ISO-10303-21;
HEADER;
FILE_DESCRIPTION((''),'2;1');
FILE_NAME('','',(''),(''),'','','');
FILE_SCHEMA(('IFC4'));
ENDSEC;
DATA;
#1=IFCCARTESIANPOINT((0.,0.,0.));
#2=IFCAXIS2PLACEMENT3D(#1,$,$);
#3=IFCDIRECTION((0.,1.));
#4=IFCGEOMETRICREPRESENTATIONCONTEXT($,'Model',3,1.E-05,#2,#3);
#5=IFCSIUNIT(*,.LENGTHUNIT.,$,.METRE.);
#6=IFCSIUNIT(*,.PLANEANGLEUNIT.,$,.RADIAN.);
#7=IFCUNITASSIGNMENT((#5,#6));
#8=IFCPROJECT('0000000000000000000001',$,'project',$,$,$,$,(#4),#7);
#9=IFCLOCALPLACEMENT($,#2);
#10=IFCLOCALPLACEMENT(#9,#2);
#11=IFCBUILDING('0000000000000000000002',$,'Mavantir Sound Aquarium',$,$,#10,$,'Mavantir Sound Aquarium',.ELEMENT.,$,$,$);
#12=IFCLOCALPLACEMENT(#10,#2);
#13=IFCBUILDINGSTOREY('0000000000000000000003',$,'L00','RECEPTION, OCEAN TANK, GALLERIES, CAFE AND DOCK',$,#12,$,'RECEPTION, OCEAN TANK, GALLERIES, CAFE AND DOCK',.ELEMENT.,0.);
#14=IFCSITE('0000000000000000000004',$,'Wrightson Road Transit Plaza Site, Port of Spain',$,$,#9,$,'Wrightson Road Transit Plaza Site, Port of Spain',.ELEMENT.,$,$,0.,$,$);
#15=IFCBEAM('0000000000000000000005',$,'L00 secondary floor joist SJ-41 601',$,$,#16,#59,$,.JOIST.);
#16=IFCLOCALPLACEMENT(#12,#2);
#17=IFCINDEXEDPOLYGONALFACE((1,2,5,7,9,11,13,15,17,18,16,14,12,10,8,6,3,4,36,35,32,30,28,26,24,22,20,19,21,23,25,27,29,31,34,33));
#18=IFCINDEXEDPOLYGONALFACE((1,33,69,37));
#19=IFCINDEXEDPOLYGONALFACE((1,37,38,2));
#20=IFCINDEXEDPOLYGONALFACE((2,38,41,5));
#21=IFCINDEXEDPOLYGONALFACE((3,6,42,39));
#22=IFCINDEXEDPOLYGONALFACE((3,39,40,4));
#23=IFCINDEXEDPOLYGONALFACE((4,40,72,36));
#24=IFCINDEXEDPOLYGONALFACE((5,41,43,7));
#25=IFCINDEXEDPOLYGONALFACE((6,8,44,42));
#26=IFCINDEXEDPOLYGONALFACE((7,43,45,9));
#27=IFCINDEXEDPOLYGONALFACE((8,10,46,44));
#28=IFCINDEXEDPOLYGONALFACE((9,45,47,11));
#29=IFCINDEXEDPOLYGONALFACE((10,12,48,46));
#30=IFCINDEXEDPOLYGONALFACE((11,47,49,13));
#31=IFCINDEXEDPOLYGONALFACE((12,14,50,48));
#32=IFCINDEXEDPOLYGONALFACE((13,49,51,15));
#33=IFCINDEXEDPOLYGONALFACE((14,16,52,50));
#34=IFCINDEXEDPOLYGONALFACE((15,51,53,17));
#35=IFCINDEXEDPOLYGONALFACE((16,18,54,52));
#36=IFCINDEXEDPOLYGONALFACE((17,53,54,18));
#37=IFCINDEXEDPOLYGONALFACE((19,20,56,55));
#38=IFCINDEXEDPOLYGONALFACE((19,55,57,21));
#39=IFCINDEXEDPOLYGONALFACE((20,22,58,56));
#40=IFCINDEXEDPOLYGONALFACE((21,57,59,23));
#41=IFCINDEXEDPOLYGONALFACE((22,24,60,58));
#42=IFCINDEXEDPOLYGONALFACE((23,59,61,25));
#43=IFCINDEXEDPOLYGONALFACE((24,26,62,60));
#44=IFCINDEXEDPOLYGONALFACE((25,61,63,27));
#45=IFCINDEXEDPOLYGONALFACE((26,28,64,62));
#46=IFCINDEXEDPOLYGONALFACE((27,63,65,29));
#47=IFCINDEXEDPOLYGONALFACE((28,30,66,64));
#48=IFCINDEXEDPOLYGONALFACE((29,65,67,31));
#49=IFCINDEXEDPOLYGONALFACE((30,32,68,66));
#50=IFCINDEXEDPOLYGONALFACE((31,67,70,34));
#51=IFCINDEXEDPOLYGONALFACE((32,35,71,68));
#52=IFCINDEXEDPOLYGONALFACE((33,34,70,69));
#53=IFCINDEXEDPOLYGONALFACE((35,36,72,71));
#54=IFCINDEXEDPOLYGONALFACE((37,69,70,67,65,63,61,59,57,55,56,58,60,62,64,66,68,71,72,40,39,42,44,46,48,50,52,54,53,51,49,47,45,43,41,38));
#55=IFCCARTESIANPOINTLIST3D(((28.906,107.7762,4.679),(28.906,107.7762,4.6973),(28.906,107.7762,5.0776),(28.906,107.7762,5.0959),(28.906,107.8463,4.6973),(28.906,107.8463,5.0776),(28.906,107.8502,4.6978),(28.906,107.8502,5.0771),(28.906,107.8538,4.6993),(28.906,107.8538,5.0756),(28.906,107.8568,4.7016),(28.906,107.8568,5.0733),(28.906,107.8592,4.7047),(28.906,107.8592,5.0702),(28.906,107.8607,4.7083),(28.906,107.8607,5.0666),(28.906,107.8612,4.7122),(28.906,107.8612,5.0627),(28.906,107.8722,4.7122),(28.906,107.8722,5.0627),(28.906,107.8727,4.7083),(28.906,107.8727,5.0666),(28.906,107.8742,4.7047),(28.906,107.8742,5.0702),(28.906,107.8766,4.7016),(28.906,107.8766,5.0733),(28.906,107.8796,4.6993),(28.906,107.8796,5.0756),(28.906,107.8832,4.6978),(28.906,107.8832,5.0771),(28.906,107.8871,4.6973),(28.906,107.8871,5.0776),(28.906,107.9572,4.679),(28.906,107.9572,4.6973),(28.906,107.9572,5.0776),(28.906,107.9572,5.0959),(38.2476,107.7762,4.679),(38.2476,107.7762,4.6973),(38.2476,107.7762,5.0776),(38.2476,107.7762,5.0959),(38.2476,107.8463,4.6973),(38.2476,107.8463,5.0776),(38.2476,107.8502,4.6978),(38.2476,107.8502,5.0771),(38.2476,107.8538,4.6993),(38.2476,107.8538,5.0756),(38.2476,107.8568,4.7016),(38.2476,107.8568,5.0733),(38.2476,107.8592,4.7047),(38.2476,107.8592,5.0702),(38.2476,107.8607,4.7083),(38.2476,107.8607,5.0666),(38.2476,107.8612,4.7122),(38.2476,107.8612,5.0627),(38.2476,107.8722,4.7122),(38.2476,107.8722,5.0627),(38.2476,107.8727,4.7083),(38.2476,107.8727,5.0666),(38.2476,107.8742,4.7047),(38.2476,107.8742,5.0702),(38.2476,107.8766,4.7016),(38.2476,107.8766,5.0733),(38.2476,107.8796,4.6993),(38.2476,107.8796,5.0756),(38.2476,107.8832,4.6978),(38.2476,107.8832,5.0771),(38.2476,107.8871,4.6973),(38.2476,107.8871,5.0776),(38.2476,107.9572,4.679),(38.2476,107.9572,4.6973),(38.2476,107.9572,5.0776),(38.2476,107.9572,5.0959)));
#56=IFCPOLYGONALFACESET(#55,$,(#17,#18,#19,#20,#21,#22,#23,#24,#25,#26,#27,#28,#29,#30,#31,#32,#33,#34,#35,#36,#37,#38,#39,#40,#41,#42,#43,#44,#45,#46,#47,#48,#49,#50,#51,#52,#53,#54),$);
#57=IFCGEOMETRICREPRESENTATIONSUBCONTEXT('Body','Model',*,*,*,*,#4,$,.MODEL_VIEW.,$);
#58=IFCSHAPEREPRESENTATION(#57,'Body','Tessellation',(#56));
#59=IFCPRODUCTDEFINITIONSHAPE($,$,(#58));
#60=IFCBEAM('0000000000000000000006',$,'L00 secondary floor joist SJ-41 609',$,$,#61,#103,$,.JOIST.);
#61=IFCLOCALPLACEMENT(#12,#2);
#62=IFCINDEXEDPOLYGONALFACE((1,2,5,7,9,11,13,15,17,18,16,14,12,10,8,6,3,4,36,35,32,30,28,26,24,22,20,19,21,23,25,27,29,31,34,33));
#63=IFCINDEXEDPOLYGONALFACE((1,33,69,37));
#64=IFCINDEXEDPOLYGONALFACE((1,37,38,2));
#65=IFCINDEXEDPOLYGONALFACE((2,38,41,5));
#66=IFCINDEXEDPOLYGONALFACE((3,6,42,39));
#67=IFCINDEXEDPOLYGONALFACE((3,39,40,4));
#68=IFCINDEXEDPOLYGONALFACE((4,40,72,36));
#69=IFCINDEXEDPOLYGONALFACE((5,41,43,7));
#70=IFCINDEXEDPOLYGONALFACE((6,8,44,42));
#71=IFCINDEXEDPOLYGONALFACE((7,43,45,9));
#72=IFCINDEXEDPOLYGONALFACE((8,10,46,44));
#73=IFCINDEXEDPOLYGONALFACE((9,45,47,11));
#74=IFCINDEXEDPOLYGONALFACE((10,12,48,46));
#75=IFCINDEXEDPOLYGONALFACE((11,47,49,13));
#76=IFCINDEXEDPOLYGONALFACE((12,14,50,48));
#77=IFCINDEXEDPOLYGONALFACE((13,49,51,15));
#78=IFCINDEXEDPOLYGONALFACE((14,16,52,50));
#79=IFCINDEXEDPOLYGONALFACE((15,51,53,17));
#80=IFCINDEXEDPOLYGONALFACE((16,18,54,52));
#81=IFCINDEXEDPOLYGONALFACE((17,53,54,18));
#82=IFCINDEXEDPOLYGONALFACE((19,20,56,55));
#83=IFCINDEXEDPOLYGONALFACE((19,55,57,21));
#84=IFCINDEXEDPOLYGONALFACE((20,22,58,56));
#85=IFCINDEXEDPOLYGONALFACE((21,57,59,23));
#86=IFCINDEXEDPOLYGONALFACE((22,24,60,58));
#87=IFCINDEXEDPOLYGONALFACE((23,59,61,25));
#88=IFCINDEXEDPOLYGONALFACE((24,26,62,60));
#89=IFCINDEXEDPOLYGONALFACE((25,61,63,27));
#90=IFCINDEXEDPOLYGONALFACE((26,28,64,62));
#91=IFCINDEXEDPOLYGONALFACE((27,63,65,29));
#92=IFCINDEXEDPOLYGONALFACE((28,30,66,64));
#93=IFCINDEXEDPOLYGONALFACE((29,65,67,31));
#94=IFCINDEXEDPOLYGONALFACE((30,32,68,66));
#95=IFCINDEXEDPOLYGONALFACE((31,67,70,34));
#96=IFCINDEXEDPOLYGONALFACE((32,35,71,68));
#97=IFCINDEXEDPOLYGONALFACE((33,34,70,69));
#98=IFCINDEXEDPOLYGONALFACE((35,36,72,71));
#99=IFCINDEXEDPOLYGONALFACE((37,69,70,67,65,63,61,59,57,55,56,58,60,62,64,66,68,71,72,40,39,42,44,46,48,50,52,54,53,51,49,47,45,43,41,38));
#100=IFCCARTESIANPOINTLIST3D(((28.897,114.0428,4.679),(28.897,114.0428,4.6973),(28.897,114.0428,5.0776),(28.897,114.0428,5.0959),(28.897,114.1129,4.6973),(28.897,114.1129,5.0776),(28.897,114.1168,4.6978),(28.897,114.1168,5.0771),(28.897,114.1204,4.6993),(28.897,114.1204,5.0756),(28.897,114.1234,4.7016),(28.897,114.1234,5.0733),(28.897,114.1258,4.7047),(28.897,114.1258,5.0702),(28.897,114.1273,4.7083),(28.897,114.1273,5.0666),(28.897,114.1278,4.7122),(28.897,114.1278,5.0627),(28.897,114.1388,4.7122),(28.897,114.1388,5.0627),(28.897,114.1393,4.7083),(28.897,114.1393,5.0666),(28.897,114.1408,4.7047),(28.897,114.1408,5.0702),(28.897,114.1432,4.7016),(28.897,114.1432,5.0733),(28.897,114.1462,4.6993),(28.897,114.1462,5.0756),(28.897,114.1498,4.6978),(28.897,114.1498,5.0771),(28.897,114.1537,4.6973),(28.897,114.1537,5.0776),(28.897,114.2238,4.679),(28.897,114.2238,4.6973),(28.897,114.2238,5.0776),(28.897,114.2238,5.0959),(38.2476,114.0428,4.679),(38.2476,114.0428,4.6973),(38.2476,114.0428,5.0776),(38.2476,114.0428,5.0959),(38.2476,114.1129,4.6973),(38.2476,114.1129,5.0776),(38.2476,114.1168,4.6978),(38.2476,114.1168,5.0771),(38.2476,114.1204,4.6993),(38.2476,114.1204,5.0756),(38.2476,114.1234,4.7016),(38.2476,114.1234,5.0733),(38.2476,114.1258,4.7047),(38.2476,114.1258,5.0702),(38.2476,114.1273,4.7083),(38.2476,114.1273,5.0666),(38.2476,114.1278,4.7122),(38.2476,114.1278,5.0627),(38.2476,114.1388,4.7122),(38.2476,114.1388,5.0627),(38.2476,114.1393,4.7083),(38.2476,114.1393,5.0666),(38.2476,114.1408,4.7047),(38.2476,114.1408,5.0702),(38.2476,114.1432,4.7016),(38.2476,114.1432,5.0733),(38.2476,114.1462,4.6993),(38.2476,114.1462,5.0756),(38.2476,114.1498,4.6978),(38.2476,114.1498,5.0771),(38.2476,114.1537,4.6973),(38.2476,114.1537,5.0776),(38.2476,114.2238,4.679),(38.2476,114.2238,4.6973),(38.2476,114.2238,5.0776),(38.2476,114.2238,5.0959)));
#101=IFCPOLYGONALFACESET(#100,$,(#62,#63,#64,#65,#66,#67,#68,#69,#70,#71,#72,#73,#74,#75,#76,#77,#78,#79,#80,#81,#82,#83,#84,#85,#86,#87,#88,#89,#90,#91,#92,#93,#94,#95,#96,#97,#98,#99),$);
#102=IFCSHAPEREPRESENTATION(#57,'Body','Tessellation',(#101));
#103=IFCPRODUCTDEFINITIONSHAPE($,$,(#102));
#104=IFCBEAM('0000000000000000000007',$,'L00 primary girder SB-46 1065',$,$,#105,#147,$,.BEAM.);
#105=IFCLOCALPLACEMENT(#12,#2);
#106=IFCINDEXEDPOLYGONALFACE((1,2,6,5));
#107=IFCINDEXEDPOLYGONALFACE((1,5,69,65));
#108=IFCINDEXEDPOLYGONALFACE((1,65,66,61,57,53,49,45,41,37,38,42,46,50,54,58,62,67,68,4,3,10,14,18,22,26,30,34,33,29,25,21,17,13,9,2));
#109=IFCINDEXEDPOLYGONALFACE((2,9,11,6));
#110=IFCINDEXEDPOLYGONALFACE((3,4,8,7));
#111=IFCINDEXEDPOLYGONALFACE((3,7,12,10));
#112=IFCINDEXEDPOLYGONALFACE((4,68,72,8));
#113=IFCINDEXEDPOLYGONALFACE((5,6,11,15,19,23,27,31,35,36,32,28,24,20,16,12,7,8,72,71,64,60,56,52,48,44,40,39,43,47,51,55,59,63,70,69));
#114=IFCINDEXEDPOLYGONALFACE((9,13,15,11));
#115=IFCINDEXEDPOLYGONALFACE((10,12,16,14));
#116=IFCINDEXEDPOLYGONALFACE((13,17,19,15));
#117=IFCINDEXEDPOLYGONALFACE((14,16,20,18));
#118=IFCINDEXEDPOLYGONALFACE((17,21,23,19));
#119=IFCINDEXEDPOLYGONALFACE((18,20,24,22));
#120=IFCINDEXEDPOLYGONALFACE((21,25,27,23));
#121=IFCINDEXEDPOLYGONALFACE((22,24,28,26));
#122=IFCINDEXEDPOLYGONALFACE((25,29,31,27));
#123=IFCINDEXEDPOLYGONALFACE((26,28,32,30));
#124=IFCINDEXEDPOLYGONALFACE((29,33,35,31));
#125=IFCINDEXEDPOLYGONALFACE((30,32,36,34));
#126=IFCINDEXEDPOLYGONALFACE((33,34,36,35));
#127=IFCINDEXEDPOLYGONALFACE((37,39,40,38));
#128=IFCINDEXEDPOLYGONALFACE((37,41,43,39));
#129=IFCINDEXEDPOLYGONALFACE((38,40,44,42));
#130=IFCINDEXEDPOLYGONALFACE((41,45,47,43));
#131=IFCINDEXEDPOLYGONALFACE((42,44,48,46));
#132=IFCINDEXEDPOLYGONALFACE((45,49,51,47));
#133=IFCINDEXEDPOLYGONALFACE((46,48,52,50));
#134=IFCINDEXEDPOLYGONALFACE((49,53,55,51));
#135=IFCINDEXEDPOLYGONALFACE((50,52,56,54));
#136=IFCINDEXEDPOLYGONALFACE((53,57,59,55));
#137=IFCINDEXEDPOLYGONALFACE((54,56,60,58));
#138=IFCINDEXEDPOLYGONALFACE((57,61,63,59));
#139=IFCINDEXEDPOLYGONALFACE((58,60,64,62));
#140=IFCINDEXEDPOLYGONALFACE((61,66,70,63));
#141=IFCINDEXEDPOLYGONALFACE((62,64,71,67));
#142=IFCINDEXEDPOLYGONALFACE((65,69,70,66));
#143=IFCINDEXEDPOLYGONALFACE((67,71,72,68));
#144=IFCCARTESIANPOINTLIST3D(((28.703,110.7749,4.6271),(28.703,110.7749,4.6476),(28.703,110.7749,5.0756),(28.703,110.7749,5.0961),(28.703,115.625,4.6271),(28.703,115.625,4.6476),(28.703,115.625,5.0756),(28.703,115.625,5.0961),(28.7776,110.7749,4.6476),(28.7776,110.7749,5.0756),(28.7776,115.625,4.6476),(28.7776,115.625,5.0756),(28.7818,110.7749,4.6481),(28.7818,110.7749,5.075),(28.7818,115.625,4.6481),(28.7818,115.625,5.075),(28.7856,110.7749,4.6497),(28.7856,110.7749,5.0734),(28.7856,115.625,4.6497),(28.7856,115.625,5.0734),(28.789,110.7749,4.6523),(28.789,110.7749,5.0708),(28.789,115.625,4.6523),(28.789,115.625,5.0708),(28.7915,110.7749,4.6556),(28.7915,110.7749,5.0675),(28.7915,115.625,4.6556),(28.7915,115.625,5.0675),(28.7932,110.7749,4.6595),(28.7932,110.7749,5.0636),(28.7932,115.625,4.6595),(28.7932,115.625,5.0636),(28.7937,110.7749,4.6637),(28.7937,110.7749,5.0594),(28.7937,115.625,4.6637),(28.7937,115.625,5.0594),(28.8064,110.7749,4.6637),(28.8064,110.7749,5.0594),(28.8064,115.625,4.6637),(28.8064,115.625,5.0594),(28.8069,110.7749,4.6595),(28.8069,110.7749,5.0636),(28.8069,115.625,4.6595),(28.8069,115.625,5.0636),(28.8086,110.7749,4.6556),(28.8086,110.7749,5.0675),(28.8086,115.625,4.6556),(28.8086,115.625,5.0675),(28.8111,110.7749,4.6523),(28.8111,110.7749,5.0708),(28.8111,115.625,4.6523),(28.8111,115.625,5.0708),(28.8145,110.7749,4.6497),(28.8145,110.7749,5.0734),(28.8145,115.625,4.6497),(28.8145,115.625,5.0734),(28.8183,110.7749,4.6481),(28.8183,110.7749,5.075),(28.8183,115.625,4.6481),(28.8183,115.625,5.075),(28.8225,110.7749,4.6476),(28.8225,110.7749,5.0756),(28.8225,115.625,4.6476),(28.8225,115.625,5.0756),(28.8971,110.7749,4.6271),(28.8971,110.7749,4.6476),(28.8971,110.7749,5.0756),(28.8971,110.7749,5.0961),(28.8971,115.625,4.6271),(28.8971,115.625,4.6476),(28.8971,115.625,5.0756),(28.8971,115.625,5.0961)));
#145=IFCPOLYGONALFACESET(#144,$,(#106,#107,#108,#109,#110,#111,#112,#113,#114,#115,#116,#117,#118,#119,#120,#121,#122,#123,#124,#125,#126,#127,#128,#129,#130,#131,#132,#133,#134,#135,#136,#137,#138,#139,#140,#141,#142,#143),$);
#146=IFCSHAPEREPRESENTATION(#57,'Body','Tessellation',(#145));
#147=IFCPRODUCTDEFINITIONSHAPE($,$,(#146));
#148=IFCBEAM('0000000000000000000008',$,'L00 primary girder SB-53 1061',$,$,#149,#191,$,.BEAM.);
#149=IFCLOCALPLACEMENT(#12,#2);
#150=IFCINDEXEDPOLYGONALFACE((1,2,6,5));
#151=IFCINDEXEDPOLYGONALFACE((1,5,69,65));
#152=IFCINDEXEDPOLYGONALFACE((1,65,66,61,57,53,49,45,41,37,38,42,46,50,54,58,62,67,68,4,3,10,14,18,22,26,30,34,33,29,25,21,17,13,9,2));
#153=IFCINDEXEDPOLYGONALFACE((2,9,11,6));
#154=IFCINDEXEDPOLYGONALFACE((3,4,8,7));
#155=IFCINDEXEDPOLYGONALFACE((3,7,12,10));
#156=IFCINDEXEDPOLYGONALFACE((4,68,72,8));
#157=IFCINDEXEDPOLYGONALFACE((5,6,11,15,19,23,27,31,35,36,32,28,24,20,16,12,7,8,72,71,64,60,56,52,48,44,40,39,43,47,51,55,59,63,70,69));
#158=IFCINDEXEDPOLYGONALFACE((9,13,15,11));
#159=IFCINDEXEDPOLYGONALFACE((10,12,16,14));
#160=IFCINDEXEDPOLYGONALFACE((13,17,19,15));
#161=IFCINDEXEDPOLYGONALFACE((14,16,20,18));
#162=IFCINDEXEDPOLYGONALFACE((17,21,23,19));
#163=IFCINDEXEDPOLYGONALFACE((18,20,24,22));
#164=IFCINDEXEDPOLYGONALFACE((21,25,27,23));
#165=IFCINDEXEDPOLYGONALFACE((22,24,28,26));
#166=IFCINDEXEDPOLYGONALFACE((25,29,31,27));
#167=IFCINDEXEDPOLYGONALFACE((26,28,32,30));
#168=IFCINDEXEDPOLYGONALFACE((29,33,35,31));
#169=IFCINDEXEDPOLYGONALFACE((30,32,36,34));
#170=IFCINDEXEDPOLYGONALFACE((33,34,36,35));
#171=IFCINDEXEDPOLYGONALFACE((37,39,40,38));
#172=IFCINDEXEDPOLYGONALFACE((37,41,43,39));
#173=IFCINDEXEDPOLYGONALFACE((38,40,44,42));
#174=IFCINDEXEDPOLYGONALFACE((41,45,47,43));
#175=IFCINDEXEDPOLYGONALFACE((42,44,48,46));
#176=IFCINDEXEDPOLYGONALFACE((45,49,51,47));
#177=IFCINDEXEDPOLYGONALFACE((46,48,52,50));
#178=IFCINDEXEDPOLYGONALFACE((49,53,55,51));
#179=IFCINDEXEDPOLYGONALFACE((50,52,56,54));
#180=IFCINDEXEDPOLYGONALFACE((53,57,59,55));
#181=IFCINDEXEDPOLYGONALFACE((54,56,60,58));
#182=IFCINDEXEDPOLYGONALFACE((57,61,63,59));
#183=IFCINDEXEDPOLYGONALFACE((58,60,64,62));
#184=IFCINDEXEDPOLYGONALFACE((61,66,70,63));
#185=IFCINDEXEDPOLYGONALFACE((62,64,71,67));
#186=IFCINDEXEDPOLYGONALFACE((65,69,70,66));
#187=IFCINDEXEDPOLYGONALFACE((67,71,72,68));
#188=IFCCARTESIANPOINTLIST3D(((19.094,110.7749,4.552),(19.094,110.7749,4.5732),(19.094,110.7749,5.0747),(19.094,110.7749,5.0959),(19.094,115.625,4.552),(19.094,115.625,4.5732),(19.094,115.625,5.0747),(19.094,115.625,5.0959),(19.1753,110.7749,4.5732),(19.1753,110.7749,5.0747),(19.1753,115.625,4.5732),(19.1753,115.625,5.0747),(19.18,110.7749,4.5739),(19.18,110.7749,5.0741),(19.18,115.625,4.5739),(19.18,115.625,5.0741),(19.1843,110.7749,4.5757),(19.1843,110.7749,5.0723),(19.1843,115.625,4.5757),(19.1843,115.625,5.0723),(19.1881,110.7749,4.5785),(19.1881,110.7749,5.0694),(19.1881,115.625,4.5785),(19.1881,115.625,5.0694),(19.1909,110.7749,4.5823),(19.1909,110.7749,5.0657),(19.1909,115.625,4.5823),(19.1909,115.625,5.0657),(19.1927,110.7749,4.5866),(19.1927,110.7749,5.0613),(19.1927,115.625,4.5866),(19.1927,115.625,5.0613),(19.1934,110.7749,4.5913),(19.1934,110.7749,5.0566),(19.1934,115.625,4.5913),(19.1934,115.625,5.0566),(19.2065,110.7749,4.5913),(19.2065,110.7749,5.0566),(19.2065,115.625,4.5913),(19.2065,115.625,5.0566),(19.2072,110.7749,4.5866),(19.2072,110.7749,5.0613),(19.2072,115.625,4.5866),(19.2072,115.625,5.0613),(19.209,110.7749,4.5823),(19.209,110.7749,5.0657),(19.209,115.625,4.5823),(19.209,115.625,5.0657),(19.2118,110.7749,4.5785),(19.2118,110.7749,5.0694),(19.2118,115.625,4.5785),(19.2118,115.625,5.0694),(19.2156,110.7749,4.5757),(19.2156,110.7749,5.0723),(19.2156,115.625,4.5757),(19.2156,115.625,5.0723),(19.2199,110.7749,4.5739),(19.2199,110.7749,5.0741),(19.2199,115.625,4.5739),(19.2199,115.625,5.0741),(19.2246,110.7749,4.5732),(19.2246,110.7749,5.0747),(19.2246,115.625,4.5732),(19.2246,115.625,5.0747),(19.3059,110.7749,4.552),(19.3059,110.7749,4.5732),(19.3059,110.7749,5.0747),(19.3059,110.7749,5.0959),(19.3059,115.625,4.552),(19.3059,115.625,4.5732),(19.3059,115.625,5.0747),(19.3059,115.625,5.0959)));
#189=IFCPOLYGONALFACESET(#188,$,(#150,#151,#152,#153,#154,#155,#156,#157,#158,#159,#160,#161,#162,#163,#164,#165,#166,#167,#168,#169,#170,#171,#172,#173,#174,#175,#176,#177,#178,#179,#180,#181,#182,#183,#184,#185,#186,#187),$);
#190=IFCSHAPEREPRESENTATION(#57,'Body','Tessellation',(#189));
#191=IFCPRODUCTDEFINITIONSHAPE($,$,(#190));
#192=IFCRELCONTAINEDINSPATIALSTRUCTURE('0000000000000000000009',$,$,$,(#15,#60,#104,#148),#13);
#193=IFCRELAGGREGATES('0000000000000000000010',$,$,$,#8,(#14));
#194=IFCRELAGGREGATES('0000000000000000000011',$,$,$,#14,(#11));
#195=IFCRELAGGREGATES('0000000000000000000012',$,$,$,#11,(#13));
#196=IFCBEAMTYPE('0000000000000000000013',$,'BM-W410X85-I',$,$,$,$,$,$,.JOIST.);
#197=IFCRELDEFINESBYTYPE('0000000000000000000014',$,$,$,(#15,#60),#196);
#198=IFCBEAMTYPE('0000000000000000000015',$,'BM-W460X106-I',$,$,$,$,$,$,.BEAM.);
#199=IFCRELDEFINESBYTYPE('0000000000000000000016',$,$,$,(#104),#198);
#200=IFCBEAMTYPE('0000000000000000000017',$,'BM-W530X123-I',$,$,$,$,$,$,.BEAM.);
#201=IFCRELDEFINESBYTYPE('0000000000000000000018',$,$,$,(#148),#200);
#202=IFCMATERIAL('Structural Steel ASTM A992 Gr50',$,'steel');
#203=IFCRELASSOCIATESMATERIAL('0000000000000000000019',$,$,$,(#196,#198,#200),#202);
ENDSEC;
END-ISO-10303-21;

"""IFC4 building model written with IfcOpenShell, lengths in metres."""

from ifc_helpers import new_model, si_unit, direction, frame, origin, origin_2d, place, context, subcontext, project, spatial, i_section, extrude, material, material_profile, profile_set, type_object, element, save


model = new_model("IFC4")

# Units and contexts
model_context = context("Model", 3, precision=1e-05, world=origin(), true_north=direction((0.0, 1.0)))
body_context = subcontext(model_context, "Body", "Model", "MODEL_VIEW")
ifc_project = project(units=[si_unit("LENGTHUNIT", "METRE"), si_unit("PLANEANGLEUNIT", "RADIAN")], contexts=[model_context])

# Site, building, storey
site_placement = place(None, origin())
site = spatial("IfcSite", under=ifc_project, at=site_placement, Name="Wrightson Road Transit Plaza Site, Port of Spain", LongName="Wrightson Road Transit Plaza Site, Port of Spain", CompositionType="ELEMENT", RefElevation=0.0)
building_placement = place(site_placement, origin())
building = spatial("IfcBuilding", under=site, at=building_placement, Name="Mavantir Sound Aquarium", LongName="Mavantir Sound Aquarium", CompositionType="ELEMENT")
storey_placement = place(building_placement, origin())
storey = spatial("IfcBuildingStorey", under=building, at=storey_placement, Name="L00", Description="RECEPTION, OCEAN TANK, GALLERIES, CAFE AND DOCK", LongName="RECEPTION, OCEAN TANK, GALLERIES, CAFE AND DOCK", CompositionType="ELEMENT", Elevation=0.0)

# Beams
ifc_material_1 = material(Name="Structural Steel ASTM A992 Gr50", Category="steel")
ifc_material_profile_1 = material_profile(ifc_material_1, i_section(OverallWidth=0.1809, OverallDepth=0.417, WebThickness=0.011, FlangeThickness=0.0183, FilletRadius=0.0149, at=origin_2d()), Name="W410X85")
ifc_profile_set_1 = profile_set([ifc_material_profile_1], Name="Structural Steel ASTM A992 Gr50")
beam_type_1 = type_object("IfcBeamType", Name="BM-W410X85-I", PredefinedType="JOIST", material=ifc_profile_set_1)
beam_1_placement = place(storey_placement, frame((28.906, 107.8667, 4.8875), z_axis=(1.0, 0.0, 0.0), x_axis=(0.0, 1.0, 0.0)))
element("IfcBeam", 1, at=beam_1_placement, inside=storey, type_object=beam_type_1, Name="L00 secondary floor joist SJ-41 601", PredefinedType="JOIST", context=body_context, shape_type="SweptSolid", body=[
    extrude(i_section(OverallWidth=0.1809, OverallDepth=0.417, WebThickness=0.011, FlangeThickness=0.0183, FilletRadius=0.0149, at=origin_2d()), origin(), (0.0, 0.0, 1.0), 9.3416),
])
beam_2_placement = place(storey_placement, frame((28.897, 114.1333, 4.8875), z_axis=(1.0, 0.0, 0.0), x_axis=(0.0, 1.0, 0.0)))
element("IfcBeam", 2, at=beam_2_placement, inside=storey, type_object=beam_type_1, Name="L00 secondary floor joist SJ-41 609", PredefinedType="JOIST", context=body_context, shape_type="SweptSolid", body=[
    extrude(i_section(OverallWidth=0.1809, OverallDepth=0.417, WebThickness=0.011, FlangeThickness=0.0183, FilletRadius=0.0149, at=origin_2d()), origin(), (0.0, 0.0, 1.0), 9.3506),
])
ifc_material_profile_2 = material_profile(ifc_material_1, i_section(OverallWidth=0.1941, OverallDepth=0.469, WebThickness=0.0127, FlangeThickness=0.0205, FilletRadius=0.0161, at=origin_2d()), Name="W460X106")
ifc_profile_set_2 = profile_set([ifc_material_profile_2], Name="Structural Steel ASTM A992 Gr50")
beam_type_2 = type_object("IfcBeamType", Name="BM-W460X106-I", PredefinedType="BEAM", material=ifc_profile_set_2)
beam_3_placement = place(storey_placement, frame((28.8, 110.7749, 4.8616), z_axis=(0.0, 1.0, 0.0), x_axis=(-1.0, 0.0, 0.0)))
element("IfcBeam", 3, at=beam_3_placement, inside=storey, type_object=beam_type_2, Name="L00 primary girder SB-46 1065", PredefinedType="BEAM", context=body_context, shape_type="SweptSolid", body=[
    extrude(i_section(OverallWidth=0.1941, OverallDepth=0.469, WebThickness=0.0127, FlangeThickness=0.0205, FilletRadius=0.0161, at=origin_2d()), origin(), (0.0, 0.0, 1.0), 4.8501),
])
ifc_material_profile_3 = material_profile(ifc_material_1, i_section(OverallWidth=0.2119, OverallDepth=0.5439, WebThickness=0.0132, FlangeThickness=0.0212, FilletRadius=0.0181, at=origin_2d()), Name="W530X123")
ifc_profile_set_3 = profile_set([ifc_material_profile_3], Name="Structural Steel ASTM A992 Gr50")
beam_type_3 = type_object("IfcBeamType", Name="BM-W530X123-I", PredefinedType="BEAM", material=ifc_profile_set_3)
beam_4_placement = place(storey_placement, frame((19.2, 110.7749, 4.824), z_axis=(0.0, 1.0, 0.0), x_axis=(-1.0, 0.0, 0.0)))
element("IfcBeam", 4, at=beam_4_placement, inside=storey, type_object=beam_type_3, Name="L00 primary girder SB-53 1061", PredefinedType="BEAM", context=body_context, shape_type="SweptSolid", body=[
    extrude(i_section(OverallWidth=0.2119, OverallDepth=0.5439, WebThickness=0.0132, FlangeThickness=0.0212, FilletRadius=0.0181, at=origin_2d()), origin(), (0.0, 0.0, 1.0), 4.8501),
])

save(model, "model.ifc")
